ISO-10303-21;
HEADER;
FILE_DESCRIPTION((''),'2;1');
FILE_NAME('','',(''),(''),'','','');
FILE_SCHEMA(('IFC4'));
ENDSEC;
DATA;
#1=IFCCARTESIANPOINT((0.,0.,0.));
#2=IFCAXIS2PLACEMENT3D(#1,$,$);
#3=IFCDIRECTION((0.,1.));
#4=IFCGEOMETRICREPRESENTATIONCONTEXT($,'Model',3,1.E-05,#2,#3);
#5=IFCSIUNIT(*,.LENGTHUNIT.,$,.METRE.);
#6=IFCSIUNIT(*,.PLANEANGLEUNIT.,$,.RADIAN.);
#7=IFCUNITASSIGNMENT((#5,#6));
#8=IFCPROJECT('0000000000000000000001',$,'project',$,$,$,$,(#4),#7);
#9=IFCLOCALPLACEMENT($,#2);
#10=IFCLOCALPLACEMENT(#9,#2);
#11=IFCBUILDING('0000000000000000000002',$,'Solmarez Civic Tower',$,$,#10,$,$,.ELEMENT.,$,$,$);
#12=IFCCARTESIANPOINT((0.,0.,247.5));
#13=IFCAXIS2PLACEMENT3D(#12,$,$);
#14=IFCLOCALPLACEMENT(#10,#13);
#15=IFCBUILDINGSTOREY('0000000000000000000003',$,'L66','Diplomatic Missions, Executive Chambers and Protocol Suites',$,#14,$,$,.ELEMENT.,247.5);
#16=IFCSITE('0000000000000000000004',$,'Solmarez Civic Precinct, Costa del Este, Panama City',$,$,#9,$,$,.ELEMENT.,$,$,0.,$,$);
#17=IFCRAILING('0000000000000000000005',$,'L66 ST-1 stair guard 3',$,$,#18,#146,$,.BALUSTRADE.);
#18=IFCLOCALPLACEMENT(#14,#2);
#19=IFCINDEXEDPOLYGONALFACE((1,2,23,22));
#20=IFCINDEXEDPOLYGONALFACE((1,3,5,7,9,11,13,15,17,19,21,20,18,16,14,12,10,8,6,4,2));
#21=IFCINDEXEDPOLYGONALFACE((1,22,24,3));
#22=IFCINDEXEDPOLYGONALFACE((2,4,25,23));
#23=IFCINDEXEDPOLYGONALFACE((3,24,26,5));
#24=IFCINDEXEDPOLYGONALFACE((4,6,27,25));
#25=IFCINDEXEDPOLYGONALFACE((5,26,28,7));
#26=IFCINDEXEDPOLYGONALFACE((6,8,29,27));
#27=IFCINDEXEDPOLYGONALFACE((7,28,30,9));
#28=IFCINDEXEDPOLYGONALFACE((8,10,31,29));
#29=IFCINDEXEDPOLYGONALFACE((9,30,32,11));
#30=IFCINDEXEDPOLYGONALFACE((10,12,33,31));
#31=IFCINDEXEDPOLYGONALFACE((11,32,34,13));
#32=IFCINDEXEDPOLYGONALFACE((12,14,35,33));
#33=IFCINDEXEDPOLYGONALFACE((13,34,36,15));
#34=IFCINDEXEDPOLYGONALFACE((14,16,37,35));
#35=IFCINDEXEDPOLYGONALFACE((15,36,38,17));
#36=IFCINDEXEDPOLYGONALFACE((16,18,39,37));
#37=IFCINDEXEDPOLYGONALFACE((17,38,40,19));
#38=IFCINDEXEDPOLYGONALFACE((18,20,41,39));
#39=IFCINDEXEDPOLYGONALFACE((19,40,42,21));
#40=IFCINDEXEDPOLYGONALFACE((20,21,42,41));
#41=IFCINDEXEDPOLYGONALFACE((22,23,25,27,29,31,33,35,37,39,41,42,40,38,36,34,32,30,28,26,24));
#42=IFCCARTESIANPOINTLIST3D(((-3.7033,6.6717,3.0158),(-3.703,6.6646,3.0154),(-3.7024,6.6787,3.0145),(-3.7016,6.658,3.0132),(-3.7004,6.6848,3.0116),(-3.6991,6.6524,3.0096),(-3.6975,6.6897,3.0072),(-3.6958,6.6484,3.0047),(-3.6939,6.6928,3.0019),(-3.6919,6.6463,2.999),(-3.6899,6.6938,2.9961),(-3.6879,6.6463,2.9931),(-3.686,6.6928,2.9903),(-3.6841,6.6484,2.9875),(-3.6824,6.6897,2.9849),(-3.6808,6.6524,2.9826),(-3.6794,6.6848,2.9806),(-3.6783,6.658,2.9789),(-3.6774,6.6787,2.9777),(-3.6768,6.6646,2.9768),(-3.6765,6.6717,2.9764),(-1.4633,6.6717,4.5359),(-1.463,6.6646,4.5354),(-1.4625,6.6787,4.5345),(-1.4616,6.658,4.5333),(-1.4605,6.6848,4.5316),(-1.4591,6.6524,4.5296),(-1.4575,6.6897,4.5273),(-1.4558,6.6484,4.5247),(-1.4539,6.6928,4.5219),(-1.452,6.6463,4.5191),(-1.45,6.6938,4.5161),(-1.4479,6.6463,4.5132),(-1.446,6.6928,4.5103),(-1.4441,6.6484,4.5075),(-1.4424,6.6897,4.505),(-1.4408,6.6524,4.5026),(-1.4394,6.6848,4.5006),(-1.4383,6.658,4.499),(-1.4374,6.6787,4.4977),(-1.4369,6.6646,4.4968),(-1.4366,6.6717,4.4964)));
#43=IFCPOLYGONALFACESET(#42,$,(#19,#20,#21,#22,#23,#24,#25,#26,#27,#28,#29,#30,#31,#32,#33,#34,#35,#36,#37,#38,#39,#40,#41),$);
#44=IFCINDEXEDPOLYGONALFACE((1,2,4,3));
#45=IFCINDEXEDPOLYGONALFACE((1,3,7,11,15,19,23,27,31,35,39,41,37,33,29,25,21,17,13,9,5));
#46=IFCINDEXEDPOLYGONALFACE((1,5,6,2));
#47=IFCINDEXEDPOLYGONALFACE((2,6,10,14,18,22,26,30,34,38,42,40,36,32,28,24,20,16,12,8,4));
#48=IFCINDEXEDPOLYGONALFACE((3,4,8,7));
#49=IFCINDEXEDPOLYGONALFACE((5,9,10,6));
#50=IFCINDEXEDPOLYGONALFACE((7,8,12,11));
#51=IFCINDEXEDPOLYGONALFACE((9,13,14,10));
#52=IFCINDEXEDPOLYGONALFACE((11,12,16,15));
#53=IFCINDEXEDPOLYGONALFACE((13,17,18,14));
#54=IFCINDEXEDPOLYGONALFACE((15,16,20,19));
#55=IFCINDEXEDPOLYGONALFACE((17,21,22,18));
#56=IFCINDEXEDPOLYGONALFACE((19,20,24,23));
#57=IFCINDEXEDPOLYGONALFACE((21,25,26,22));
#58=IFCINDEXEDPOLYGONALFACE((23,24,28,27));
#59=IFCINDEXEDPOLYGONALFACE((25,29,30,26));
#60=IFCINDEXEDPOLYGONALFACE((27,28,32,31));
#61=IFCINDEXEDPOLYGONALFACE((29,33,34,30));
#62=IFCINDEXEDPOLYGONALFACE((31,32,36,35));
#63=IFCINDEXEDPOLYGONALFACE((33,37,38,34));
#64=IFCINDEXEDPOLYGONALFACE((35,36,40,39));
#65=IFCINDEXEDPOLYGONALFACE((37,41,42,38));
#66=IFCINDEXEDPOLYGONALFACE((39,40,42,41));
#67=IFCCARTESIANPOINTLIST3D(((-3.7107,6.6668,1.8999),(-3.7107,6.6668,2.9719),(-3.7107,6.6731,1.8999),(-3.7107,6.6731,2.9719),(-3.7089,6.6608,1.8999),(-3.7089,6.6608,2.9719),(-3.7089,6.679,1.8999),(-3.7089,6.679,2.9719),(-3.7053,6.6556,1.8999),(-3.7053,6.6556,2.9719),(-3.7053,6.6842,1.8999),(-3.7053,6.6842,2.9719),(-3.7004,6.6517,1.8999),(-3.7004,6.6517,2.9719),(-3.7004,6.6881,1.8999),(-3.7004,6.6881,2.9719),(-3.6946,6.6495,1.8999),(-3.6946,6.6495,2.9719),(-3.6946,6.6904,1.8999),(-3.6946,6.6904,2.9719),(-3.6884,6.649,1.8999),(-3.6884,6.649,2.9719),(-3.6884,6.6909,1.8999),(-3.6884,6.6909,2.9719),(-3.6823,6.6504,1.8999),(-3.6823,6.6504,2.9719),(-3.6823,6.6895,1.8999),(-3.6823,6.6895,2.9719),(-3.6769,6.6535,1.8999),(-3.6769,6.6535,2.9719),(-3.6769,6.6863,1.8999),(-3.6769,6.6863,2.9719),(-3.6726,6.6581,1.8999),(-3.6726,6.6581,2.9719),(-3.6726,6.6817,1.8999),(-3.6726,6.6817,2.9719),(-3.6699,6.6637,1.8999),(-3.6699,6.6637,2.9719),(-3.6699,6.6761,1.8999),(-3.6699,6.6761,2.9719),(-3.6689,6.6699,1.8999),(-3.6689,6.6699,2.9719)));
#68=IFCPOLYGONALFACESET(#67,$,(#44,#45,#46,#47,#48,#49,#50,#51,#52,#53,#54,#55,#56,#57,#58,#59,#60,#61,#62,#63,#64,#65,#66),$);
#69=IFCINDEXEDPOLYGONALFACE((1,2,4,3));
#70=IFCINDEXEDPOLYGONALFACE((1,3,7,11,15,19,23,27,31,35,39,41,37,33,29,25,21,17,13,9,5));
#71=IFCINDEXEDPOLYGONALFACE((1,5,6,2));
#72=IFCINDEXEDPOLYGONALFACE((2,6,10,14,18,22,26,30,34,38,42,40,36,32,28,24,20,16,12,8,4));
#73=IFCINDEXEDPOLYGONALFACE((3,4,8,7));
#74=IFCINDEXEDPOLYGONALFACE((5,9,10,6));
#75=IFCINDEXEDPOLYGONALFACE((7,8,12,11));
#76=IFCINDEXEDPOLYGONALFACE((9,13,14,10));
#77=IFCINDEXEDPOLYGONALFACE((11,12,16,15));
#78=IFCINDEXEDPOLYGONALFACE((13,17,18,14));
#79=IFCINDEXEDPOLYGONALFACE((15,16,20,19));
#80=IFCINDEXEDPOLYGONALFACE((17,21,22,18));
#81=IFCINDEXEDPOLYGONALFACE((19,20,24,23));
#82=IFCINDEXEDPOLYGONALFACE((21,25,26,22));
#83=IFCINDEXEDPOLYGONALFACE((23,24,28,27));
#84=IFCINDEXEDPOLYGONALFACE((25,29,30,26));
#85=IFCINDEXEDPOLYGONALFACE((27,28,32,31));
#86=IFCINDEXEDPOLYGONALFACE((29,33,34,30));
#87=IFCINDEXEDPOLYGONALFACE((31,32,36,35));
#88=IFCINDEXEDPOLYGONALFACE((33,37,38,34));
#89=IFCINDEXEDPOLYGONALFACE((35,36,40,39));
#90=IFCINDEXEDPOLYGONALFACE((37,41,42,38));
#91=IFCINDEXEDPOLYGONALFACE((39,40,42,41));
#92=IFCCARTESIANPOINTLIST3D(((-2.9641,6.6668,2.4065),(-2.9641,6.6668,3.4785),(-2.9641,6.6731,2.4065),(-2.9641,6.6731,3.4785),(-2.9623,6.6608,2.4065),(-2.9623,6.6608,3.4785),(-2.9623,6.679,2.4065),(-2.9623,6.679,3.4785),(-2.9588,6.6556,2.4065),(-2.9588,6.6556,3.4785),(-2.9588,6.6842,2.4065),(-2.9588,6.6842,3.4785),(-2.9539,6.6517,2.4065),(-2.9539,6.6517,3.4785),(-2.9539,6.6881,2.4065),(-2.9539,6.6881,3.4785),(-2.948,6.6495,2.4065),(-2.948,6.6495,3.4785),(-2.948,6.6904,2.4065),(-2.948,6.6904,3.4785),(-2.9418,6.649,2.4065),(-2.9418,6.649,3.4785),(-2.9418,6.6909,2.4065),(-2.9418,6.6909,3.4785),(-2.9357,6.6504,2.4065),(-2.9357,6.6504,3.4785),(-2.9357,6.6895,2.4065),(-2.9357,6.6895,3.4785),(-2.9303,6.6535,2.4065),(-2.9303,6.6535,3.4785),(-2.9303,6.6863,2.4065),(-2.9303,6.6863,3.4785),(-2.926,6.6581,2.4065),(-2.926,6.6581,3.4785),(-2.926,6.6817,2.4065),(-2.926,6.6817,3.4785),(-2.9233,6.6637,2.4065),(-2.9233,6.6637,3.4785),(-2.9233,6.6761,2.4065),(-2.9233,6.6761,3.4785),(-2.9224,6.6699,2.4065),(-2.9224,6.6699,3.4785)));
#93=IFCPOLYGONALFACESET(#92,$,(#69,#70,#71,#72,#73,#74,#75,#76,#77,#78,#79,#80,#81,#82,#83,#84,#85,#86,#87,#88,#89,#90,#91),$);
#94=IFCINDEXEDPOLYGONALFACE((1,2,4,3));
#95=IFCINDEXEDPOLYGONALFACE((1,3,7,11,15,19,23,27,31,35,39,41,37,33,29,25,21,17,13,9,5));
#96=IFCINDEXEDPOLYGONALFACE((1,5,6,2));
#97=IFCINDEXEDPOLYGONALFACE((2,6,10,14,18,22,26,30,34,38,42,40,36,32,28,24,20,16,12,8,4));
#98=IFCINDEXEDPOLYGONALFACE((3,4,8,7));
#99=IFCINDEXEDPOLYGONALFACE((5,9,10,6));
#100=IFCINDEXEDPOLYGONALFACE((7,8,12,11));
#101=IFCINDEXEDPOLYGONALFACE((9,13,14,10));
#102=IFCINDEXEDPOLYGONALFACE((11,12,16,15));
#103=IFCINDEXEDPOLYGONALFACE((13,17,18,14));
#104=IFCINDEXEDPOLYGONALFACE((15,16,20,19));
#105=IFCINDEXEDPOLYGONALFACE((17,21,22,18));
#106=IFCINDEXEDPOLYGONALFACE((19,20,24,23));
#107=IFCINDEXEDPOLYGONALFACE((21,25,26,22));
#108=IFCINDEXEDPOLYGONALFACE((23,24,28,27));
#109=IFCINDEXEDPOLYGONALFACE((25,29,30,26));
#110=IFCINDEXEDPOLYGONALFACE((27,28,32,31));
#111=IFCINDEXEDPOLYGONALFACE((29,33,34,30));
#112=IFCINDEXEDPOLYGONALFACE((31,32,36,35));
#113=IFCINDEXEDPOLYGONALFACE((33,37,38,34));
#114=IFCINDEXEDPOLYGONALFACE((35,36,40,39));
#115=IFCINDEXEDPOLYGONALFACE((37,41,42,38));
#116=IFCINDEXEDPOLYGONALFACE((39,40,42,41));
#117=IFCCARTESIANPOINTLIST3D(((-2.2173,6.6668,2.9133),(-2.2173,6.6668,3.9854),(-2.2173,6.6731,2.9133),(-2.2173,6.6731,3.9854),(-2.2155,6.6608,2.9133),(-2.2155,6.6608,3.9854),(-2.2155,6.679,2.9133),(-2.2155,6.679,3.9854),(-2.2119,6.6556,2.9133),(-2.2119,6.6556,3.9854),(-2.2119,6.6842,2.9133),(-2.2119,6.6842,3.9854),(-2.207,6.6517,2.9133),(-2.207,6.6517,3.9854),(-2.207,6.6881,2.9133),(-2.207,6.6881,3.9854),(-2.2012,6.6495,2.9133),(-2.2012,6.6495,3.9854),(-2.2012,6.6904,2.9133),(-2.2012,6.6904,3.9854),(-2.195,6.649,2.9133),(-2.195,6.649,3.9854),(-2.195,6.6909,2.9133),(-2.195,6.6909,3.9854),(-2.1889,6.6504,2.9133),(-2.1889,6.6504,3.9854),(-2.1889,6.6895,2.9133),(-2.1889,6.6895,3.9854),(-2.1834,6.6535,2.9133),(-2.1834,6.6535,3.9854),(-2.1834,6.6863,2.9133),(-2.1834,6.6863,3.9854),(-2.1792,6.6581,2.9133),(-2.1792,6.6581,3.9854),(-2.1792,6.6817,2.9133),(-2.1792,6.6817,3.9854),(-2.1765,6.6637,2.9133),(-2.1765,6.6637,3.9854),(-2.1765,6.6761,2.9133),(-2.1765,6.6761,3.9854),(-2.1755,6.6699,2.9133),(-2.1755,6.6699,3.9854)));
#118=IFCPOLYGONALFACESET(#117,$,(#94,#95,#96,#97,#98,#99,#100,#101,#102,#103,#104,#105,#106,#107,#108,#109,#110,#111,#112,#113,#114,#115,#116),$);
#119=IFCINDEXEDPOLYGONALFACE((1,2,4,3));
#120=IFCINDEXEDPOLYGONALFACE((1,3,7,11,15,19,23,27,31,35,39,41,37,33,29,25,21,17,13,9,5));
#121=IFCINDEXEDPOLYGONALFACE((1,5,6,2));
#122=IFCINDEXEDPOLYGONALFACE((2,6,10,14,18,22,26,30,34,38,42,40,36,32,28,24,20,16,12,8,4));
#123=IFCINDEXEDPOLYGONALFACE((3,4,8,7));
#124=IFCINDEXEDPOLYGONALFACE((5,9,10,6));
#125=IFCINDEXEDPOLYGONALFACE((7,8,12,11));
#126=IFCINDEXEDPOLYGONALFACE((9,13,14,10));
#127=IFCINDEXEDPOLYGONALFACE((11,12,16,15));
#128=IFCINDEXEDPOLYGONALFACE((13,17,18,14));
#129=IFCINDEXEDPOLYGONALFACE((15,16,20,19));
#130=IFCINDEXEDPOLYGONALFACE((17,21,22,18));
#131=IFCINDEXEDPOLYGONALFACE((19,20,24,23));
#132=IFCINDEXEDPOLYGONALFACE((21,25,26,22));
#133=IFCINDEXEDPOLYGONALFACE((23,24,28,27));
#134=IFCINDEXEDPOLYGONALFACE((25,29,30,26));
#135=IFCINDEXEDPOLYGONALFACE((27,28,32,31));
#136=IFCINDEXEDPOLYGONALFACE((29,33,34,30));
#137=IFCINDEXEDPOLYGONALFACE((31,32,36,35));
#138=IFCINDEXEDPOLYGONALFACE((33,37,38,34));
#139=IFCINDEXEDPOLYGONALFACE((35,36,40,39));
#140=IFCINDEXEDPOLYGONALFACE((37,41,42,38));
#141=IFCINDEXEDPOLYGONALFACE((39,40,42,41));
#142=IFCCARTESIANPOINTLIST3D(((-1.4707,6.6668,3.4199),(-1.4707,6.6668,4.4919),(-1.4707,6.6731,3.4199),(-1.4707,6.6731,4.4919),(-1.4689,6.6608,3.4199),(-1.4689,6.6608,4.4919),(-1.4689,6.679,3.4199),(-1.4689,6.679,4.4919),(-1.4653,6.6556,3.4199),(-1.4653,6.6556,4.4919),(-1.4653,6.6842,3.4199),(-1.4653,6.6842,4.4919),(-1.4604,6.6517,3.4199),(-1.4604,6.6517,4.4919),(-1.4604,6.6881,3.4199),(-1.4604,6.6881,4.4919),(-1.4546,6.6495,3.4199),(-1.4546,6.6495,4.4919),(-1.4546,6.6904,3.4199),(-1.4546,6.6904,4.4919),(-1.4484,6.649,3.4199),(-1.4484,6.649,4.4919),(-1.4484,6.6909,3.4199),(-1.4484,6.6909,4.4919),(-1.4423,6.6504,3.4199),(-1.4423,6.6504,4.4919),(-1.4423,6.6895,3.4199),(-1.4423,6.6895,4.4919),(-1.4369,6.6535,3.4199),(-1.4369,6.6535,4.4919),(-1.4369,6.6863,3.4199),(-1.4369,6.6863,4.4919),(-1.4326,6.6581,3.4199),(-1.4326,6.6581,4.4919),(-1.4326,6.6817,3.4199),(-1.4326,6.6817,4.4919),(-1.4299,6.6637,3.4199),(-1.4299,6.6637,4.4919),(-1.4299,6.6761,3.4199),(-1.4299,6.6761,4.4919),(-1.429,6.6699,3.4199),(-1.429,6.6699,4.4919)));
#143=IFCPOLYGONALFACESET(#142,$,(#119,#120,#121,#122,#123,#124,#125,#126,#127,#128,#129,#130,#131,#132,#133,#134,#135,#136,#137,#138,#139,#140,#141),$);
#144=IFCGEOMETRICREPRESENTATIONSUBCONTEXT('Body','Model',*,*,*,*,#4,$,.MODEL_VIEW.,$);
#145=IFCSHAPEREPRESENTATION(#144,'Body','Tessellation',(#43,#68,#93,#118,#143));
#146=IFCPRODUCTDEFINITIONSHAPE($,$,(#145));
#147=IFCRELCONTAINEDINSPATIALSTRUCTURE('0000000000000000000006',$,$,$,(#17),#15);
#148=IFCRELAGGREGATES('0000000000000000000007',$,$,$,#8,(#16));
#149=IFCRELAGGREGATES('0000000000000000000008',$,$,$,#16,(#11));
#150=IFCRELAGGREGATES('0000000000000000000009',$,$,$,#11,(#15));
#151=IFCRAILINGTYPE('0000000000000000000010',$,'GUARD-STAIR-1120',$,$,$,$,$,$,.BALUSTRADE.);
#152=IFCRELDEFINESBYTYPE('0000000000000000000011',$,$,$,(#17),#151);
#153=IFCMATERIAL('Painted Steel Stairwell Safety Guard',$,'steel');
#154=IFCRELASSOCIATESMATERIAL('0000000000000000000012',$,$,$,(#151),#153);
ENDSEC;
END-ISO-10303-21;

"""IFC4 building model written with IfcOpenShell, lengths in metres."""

from ifc_helpers import new_model, si_unit, direction, frame, origin, origin_2d, place, context, subcontext, project, spatial, circle, extrude, material, type_object, element, save


model = new_model("IFC4")

# Units and contexts
model_context = context("Model", 3, precision=1e-05, world=origin(), true_north=direction((0.0, 1.0)))
body_context = subcontext(model_context, "Body", "Model", "MODEL_VIEW")
ifc_project = project(units=[si_unit("LENGTHUNIT", "METRE"), si_unit("PLANEANGLEUNIT", "RADIAN")], contexts=[model_context])

# Site, building, storey
site_placement = place(None, origin())
site = spatial("IfcSite", under=ifc_project, at=site_placement, Name="Solmarez Civic Precinct, Costa del Este, Panama City", CompositionType="ELEMENT", RefElevation=0.0)
building_placement = place(site_placement, origin())
building = spatial("IfcBuilding", under=site, at=building_placement, Name="Solmarez Civic Tower", CompositionType="ELEMENT")
storey_placement = place(building_placement, frame((0.0, 0.0, 247.5)))
storey = spatial("IfcBuildingStorey", under=building, at=storey_placement, Name="L66", Description="Diplomatic Missions, Executive Chambers and Protocol Suites", CompositionType="ELEMENT", Elevation=247.5)

# Railing
ifc_material_1 = material(Name="Painted Steel Stairwell Safety Guard", Category="steel")
railing_type_1 = type_object("IfcRailingType", Name="GUARD-STAIR-1120", PredefinedType="BALUSTRADE", material=ifc_material_1)
railing_1_placement = place(storey_placement, frame((-3.6899, 6.6699, 1.8999)))
element("IfcRailing", 1, at=railing_1_placement, inside=storey, type_object=railing_type_1, Name="L66 ST-1 stair guard 3", PredefinedType="BALUSTRADE", context=body_context, shape_type="SweptSolid", body=[
    extrude(circle(Radius=0.0239, at=origin_2d()), frame((0.0, 0.0, 1.0962), z_axis=(0.827471, 0.0, 0.561508), x_axis=(0.0, 1.0, 0.0)), (0.0, 0.0, 1.0), 2.707),
    extrude(circle(Radius=0.021, at=origin_2d()), origin(), (0.0, 0.0, 1.0), 1.072),
    extrude(circle(Radius=0.021, at=origin_2d()), frame((0.7466, 0.0, 0.5066)), (0.0, 0.0, 1.0), 1.072),
    extrude(circle(Radius=0.021, at=origin_2d()), frame((1.4934, 0.0, 1.0134)), (0.0, 0.0, 1.0), 1.072),
    extrude(circle(Radius=0.021, at=origin_2d()), frame((2.24, 0.0, 1.52)), (0.0, 0.0, 1.0), 1.072),
])

save(model, "model.ifc")
